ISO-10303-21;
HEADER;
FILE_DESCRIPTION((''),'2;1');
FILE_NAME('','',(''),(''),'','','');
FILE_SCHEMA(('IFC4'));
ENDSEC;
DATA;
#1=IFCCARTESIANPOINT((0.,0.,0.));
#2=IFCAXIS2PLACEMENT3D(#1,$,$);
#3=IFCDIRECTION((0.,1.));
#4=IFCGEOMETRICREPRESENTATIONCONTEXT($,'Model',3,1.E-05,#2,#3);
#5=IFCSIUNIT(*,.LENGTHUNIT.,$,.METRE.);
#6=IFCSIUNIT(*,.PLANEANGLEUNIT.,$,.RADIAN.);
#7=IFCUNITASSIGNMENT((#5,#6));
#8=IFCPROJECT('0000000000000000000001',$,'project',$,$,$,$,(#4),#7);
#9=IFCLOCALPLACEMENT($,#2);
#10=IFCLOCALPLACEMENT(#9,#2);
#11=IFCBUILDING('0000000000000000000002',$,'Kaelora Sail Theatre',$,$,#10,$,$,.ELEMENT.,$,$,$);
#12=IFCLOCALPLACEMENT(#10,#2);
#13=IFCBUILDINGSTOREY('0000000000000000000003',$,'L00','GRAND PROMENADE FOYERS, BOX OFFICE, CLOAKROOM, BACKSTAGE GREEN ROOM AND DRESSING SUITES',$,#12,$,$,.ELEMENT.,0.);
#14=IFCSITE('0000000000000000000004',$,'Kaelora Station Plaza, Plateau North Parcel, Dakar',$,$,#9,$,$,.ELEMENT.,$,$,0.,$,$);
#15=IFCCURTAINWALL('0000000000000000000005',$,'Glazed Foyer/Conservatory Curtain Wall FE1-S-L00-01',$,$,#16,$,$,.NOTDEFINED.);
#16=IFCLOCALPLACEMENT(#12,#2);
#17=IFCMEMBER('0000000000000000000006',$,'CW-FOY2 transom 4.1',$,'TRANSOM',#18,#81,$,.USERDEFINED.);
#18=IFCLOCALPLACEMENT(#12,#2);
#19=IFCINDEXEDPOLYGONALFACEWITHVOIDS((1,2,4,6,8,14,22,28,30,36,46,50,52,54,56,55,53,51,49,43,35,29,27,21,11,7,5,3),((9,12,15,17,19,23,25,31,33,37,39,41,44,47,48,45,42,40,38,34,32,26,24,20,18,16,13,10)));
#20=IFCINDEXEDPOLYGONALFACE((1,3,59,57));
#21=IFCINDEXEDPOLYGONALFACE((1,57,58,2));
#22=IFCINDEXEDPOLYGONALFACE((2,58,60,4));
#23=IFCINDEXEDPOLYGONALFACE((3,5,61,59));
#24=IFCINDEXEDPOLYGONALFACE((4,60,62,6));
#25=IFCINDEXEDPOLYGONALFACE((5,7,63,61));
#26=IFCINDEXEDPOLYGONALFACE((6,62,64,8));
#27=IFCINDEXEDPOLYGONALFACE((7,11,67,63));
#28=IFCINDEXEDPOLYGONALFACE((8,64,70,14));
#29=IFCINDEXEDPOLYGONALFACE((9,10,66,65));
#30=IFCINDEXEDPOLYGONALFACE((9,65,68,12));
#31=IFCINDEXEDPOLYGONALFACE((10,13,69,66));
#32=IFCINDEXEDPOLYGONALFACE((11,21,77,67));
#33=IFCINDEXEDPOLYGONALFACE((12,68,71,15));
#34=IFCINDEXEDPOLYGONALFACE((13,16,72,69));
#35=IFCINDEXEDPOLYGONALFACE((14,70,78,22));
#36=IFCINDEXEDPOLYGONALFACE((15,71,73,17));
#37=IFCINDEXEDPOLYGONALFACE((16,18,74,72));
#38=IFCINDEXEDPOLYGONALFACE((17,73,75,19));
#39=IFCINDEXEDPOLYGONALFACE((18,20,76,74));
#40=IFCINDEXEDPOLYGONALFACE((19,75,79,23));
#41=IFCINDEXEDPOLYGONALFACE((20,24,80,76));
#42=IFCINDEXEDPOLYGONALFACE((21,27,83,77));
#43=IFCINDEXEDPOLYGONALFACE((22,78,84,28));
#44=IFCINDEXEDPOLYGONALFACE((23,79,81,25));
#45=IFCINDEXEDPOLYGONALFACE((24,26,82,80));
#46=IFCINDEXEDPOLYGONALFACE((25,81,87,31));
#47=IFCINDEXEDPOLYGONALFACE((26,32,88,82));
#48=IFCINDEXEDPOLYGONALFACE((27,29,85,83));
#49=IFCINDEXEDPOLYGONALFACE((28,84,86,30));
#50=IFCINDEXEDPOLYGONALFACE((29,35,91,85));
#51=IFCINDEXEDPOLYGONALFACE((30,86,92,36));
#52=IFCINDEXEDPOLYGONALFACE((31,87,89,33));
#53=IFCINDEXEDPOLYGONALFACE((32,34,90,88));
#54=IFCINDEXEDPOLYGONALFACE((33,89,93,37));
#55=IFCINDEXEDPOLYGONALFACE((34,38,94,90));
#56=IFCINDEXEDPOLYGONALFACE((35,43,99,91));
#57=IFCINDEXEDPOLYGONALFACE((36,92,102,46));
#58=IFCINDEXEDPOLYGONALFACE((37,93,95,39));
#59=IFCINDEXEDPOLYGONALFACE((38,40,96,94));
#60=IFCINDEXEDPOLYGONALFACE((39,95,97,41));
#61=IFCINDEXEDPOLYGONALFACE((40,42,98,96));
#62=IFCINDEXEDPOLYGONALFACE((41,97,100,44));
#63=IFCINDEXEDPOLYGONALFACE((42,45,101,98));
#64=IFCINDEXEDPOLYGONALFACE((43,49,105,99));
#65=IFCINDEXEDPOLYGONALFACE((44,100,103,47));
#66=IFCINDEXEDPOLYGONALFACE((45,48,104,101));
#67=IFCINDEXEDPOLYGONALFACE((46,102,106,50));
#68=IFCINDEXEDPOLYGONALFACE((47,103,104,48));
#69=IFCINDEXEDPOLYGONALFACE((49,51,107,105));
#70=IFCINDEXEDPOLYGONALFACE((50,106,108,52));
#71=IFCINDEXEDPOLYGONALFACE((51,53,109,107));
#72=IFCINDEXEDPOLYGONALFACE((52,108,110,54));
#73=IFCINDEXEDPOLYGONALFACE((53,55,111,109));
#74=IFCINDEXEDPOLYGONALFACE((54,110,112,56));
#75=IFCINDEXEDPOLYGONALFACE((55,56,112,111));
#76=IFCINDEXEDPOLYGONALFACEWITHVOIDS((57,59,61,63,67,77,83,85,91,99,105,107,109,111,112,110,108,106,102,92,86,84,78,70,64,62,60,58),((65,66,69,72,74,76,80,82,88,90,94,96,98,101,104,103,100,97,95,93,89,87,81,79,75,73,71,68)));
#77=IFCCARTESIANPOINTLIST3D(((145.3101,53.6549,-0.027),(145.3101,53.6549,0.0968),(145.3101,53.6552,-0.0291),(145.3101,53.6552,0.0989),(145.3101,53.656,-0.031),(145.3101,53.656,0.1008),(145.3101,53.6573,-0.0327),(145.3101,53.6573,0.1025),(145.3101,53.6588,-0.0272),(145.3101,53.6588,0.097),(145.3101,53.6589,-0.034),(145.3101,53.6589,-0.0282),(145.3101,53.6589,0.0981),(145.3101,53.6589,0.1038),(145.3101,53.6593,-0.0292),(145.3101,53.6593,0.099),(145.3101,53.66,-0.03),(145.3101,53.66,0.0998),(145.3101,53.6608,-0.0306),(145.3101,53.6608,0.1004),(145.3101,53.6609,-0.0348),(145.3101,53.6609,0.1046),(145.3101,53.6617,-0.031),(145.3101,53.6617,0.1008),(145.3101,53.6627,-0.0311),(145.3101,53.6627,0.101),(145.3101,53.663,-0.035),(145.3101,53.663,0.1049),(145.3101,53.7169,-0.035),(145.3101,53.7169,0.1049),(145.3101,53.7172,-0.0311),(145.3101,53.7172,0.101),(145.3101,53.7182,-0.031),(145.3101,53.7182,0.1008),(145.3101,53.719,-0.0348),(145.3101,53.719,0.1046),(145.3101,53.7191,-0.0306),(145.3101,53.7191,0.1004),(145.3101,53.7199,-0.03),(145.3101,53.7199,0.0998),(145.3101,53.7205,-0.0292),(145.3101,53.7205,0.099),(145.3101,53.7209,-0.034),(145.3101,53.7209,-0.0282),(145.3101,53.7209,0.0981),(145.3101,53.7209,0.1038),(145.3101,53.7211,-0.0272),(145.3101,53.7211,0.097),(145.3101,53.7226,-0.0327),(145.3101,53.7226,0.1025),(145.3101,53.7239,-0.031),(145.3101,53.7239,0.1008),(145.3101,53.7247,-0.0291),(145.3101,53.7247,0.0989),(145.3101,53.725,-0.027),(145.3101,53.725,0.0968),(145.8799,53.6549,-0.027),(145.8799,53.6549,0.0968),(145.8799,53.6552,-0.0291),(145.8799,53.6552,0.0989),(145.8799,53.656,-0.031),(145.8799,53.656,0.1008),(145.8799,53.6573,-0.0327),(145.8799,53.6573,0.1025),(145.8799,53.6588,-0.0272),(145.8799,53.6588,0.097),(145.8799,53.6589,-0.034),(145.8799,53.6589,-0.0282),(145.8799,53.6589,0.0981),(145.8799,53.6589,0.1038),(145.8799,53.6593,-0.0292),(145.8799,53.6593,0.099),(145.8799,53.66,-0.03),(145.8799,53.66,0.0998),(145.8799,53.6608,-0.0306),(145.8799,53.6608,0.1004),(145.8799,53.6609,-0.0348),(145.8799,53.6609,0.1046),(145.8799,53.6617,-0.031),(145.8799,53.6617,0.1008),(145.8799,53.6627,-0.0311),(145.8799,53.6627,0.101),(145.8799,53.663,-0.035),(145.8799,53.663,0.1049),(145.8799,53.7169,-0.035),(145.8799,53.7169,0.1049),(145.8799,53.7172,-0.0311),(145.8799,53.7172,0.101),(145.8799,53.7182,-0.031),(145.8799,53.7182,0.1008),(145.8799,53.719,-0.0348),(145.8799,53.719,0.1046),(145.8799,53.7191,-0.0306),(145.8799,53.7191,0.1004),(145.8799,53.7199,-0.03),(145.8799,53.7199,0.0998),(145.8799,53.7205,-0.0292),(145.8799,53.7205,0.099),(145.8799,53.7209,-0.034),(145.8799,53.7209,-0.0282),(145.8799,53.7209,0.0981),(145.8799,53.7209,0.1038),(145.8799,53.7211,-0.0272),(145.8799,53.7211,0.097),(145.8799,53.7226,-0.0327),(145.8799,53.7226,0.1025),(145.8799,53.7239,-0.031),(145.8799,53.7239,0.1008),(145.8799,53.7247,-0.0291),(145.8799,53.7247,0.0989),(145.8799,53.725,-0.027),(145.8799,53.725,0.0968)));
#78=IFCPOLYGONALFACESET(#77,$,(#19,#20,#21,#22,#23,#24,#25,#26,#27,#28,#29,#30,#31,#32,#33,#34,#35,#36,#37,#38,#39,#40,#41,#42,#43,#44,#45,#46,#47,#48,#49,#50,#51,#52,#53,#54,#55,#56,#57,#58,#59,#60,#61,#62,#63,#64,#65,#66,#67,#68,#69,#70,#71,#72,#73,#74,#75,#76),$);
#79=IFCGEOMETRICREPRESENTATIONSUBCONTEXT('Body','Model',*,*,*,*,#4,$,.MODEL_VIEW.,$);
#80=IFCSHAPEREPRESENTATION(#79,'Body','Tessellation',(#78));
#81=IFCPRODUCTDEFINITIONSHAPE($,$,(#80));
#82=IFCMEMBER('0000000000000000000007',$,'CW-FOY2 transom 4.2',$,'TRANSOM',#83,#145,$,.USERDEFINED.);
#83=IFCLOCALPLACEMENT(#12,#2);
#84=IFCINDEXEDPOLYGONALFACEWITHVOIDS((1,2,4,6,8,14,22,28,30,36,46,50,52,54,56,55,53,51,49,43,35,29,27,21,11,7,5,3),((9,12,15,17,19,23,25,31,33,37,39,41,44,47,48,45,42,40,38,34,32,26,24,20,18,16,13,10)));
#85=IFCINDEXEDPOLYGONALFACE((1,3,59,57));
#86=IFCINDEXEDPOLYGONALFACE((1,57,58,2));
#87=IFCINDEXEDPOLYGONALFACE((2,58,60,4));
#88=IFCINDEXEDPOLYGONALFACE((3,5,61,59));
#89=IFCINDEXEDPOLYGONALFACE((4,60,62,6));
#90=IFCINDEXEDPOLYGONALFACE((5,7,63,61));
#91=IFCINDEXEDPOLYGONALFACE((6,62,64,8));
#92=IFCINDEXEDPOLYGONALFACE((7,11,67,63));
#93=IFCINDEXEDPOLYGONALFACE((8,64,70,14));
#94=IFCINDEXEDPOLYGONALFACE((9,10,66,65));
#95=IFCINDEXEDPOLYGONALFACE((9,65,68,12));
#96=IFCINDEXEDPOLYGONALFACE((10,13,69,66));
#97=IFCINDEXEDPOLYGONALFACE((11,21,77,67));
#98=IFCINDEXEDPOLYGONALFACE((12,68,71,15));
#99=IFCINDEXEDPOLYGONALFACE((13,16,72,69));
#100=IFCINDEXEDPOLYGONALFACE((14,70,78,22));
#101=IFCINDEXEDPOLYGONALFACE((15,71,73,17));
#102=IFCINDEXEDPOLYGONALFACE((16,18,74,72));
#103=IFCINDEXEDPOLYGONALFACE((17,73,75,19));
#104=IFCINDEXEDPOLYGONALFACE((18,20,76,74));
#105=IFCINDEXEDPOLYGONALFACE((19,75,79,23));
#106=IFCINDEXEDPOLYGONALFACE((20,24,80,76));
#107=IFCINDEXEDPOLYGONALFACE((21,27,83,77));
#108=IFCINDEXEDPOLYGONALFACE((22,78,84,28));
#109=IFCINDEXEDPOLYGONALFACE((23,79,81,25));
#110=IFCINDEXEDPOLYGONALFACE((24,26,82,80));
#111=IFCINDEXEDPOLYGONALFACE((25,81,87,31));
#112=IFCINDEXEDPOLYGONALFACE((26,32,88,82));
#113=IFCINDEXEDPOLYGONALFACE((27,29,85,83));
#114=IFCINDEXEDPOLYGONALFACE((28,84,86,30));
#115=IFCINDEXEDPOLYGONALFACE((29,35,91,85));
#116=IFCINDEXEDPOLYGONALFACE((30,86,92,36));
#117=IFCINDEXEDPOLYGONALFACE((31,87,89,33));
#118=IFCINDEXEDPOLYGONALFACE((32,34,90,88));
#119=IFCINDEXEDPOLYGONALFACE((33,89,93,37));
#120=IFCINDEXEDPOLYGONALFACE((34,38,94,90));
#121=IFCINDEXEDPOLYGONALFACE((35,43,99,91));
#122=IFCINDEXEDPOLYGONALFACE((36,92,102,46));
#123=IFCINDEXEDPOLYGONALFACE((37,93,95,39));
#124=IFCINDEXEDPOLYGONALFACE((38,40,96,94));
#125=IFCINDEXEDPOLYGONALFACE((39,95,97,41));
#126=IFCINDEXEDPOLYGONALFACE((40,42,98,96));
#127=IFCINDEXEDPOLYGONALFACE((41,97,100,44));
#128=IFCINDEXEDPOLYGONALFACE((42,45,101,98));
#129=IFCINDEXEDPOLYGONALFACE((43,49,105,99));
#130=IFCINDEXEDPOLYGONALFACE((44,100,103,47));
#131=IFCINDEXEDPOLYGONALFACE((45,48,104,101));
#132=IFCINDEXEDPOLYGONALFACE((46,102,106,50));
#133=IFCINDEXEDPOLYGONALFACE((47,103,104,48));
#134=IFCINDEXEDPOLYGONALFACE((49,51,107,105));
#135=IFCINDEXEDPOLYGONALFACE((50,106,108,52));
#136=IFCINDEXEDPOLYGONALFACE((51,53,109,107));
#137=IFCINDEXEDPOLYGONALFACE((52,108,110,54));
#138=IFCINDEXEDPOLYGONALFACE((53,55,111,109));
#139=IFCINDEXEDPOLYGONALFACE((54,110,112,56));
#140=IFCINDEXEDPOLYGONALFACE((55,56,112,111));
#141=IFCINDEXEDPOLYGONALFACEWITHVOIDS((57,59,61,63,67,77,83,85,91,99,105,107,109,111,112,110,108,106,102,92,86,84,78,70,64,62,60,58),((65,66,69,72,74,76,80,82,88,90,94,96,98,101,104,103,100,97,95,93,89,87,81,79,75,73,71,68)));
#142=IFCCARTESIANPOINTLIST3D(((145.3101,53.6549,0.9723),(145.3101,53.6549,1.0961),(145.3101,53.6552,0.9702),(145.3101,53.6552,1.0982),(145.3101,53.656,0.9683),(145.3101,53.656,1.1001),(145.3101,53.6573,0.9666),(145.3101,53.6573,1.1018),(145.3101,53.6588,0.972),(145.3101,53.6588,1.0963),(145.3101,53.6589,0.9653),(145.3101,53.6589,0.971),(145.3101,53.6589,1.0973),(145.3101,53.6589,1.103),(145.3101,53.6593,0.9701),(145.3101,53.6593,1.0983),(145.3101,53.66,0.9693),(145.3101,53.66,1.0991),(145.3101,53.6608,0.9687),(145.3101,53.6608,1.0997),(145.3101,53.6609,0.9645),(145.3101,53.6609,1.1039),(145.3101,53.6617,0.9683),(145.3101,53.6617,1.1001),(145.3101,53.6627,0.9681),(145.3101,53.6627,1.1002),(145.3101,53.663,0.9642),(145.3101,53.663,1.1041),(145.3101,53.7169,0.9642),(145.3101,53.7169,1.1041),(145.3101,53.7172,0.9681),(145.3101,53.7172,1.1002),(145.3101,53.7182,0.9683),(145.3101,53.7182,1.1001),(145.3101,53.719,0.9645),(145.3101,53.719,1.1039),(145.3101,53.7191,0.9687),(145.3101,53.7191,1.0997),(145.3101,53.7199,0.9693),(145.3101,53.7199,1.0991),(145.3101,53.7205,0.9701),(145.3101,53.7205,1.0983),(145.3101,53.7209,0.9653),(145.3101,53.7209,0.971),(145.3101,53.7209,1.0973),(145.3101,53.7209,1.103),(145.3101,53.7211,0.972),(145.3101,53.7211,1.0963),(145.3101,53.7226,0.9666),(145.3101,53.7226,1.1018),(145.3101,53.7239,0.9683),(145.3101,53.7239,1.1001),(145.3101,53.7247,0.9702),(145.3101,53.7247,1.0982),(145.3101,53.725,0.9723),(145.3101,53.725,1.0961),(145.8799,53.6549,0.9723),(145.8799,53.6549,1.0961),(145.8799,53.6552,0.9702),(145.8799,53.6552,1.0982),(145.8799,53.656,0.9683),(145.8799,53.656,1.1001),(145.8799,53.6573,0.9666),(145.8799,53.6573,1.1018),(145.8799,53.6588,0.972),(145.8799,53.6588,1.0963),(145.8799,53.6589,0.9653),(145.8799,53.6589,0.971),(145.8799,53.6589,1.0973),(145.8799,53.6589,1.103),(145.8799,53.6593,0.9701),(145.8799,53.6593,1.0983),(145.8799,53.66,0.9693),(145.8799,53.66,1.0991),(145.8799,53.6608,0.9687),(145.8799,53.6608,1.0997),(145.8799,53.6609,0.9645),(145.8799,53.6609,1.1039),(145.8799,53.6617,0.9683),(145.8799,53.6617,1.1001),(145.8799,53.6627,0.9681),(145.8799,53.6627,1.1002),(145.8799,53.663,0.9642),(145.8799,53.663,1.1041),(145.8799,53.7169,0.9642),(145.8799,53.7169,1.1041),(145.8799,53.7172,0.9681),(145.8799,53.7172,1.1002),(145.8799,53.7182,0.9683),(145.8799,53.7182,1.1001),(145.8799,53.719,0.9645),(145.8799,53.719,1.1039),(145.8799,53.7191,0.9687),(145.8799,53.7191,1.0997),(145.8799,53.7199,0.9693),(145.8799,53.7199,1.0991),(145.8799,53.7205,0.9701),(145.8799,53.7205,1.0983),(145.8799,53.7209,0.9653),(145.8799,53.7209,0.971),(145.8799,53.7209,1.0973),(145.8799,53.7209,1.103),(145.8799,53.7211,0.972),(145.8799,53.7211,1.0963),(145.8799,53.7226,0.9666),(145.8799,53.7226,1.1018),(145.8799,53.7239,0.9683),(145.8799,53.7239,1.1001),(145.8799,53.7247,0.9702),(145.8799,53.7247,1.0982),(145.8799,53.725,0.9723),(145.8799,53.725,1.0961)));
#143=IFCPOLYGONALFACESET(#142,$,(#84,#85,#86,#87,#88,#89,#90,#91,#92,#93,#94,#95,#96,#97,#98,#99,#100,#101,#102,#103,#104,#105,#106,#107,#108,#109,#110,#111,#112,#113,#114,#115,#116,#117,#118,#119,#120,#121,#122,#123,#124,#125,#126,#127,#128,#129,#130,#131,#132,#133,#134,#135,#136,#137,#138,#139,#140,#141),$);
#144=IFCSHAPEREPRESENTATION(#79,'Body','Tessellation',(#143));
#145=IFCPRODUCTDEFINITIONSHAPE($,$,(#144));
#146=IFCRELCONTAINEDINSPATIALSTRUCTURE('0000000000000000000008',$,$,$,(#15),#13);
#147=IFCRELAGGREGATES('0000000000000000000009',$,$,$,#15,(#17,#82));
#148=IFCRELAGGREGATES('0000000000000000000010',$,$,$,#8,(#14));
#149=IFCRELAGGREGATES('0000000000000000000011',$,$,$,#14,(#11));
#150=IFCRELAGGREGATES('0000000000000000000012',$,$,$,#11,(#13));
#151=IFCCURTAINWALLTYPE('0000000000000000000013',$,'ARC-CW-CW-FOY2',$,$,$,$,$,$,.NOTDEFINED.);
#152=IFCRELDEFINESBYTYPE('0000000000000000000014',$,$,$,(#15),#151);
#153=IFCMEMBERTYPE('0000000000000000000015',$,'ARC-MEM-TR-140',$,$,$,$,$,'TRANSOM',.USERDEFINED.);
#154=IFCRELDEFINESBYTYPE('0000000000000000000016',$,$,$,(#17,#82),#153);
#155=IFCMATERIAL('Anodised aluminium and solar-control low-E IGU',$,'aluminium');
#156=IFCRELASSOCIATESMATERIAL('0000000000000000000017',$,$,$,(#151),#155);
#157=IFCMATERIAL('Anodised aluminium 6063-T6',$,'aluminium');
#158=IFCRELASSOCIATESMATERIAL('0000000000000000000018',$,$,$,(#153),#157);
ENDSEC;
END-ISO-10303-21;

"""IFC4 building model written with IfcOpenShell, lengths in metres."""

from ifc_helpers import new_model, si_unit, direction, frame, origin, origin_2d, place, context, subcontext, project, spatial, hollow_rectangle, extrude, material, material_profile, profile_set, type_object, element, aggregate, save


model = new_model("IFC4")

# Units and contexts
model_context = context("Model", 3, precision=1e-05, world=origin(), true_north=direction((0.0, 1.0)))
body_context = subcontext(model_context, "Body", "Model", "MODEL_VIEW")
ifc_project = project(units=[si_unit("LENGTHUNIT", "METRE"), si_unit("PLANEANGLEUNIT", "RADIAN")], contexts=[model_context])

# Site, building, storey
site_placement = place(None, origin())
site = spatial("IfcSite", under=ifc_project, at=site_placement, Name="Kaelora Station Plaza, Plateau North Parcel, Dakar", CompositionType="ELEMENT", RefElevation=0.0)
building_placement = place(site_placement, origin())
building = spatial("IfcBuilding", under=site, at=building_placement, Name="Kaelora Sail Theatre", CompositionType="ELEMENT")
storey_placement = place(building_placement, origin())
storey = spatial("IfcBuildingStorey", under=building, at=storey_placement, Name="L00", Description="GRAND PROMENADE FOYERS, BOX OFFICE, CLOAKROOM, BACKSTAGE GREEN ROOM AND DRESSING SUITES", CompositionType="ELEMENT", Elevation=0.0)

# Curtain wall, members
ifc_material_1 = material(Name="Anodised aluminium and solar-control low-E IGU", Category="aluminium")
curtain_wall_type = type_object("IfcCurtainWallType", Name="ARC-CW-CW-FOY2", PredefinedType="NOTDEFINED", material=ifc_material_1)
curtain_wall_placement = place(storey_placement, origin())
curtain_wall = element("IfcCurtainWall", 1, at=curtain_wall_placement, inside=storey, type_object=curtain_wall_type, Name="Glazed Foyer/Conservatory Curtain Wall FE1-S-L00-01", PredefinedType="NOTDEFINED")
ifc_material_2 = material(Name="Anodised aluminium 6063-T6", Category="aluminium")
ifc_material_profile_1 = material_profile(ifc_material_2, hollow_rectangle(XDim=0.0701, YDim=0.1399, WallThickness=0.0039, InnerFilletRadius=0.0039, OuterFilletRadius=0.0081, at=origin_2d()), Name="ALU-TRAN 70x140x4")
ifc_profile_set_1 = profile_set([ifc_material_profile_1], Name="Anodised aluminium 6063-T6")
member_type_1 = type_object("IfcMemberType", Name="ARC-MEM-TR-140", ElementType="TRANSOM", PredefinedType="USERDEFINED", material=ifc_profile_set_1)
member_1_placement = place(storey_placement, frame((145.3101, 53.6899, 0.0349), z_axis=(1.0, 0.0, 0.0), x_axis=(0.0, 1.0, 0.0)))
member_1 = element("IfcMember", 2, at=member_1_placement, type_object=member_type_1, Name="CW-FOY2 transom 4.1", ObjectType="TRANSOM", PredefinedType="USERDEFINED", context=body_context, shape_type="SweptSolid", body=[
    extrude(hollow_rectangle(XDim=0.0701, YDim=0.1399, WallThickness=0.0039, InnerFilletRadius=0.0039, OuterFilletRadius=0.0081, at=origin_2d()), origin(), (0.0, 0.0, 1.0), 0.5698),
])
member_2_placement = place(storey_placement, frame((145.3101, 53.6899, 1.0342), z_axis=(1.0, 0.0, 0.0), x_axis=(0.0, 1.0, 0.0)))
member_2 = element("IfcMember", 3, at=member_2_placement, type_object=member_type_1, Name="CW-FOY2 transom 4.2", ObjectType="TRANSOM", PredefinedType="USERDEFINED", context=body_context, shape_type="SweptSolid", body=[
    extrude(hollow_rectangle(XDim=0.0701, YDim=0.1399, WallThickness=0.0039, InnerFilletRadius=0.0039, OuterFilletRadius=0.0081, at=origin_2d()), origin(), (0.0, 0.0, 1.0), 0.5698),
])

aggregate(curtain_wall, [member_1, member_2])

save(model, "model.ifc")
